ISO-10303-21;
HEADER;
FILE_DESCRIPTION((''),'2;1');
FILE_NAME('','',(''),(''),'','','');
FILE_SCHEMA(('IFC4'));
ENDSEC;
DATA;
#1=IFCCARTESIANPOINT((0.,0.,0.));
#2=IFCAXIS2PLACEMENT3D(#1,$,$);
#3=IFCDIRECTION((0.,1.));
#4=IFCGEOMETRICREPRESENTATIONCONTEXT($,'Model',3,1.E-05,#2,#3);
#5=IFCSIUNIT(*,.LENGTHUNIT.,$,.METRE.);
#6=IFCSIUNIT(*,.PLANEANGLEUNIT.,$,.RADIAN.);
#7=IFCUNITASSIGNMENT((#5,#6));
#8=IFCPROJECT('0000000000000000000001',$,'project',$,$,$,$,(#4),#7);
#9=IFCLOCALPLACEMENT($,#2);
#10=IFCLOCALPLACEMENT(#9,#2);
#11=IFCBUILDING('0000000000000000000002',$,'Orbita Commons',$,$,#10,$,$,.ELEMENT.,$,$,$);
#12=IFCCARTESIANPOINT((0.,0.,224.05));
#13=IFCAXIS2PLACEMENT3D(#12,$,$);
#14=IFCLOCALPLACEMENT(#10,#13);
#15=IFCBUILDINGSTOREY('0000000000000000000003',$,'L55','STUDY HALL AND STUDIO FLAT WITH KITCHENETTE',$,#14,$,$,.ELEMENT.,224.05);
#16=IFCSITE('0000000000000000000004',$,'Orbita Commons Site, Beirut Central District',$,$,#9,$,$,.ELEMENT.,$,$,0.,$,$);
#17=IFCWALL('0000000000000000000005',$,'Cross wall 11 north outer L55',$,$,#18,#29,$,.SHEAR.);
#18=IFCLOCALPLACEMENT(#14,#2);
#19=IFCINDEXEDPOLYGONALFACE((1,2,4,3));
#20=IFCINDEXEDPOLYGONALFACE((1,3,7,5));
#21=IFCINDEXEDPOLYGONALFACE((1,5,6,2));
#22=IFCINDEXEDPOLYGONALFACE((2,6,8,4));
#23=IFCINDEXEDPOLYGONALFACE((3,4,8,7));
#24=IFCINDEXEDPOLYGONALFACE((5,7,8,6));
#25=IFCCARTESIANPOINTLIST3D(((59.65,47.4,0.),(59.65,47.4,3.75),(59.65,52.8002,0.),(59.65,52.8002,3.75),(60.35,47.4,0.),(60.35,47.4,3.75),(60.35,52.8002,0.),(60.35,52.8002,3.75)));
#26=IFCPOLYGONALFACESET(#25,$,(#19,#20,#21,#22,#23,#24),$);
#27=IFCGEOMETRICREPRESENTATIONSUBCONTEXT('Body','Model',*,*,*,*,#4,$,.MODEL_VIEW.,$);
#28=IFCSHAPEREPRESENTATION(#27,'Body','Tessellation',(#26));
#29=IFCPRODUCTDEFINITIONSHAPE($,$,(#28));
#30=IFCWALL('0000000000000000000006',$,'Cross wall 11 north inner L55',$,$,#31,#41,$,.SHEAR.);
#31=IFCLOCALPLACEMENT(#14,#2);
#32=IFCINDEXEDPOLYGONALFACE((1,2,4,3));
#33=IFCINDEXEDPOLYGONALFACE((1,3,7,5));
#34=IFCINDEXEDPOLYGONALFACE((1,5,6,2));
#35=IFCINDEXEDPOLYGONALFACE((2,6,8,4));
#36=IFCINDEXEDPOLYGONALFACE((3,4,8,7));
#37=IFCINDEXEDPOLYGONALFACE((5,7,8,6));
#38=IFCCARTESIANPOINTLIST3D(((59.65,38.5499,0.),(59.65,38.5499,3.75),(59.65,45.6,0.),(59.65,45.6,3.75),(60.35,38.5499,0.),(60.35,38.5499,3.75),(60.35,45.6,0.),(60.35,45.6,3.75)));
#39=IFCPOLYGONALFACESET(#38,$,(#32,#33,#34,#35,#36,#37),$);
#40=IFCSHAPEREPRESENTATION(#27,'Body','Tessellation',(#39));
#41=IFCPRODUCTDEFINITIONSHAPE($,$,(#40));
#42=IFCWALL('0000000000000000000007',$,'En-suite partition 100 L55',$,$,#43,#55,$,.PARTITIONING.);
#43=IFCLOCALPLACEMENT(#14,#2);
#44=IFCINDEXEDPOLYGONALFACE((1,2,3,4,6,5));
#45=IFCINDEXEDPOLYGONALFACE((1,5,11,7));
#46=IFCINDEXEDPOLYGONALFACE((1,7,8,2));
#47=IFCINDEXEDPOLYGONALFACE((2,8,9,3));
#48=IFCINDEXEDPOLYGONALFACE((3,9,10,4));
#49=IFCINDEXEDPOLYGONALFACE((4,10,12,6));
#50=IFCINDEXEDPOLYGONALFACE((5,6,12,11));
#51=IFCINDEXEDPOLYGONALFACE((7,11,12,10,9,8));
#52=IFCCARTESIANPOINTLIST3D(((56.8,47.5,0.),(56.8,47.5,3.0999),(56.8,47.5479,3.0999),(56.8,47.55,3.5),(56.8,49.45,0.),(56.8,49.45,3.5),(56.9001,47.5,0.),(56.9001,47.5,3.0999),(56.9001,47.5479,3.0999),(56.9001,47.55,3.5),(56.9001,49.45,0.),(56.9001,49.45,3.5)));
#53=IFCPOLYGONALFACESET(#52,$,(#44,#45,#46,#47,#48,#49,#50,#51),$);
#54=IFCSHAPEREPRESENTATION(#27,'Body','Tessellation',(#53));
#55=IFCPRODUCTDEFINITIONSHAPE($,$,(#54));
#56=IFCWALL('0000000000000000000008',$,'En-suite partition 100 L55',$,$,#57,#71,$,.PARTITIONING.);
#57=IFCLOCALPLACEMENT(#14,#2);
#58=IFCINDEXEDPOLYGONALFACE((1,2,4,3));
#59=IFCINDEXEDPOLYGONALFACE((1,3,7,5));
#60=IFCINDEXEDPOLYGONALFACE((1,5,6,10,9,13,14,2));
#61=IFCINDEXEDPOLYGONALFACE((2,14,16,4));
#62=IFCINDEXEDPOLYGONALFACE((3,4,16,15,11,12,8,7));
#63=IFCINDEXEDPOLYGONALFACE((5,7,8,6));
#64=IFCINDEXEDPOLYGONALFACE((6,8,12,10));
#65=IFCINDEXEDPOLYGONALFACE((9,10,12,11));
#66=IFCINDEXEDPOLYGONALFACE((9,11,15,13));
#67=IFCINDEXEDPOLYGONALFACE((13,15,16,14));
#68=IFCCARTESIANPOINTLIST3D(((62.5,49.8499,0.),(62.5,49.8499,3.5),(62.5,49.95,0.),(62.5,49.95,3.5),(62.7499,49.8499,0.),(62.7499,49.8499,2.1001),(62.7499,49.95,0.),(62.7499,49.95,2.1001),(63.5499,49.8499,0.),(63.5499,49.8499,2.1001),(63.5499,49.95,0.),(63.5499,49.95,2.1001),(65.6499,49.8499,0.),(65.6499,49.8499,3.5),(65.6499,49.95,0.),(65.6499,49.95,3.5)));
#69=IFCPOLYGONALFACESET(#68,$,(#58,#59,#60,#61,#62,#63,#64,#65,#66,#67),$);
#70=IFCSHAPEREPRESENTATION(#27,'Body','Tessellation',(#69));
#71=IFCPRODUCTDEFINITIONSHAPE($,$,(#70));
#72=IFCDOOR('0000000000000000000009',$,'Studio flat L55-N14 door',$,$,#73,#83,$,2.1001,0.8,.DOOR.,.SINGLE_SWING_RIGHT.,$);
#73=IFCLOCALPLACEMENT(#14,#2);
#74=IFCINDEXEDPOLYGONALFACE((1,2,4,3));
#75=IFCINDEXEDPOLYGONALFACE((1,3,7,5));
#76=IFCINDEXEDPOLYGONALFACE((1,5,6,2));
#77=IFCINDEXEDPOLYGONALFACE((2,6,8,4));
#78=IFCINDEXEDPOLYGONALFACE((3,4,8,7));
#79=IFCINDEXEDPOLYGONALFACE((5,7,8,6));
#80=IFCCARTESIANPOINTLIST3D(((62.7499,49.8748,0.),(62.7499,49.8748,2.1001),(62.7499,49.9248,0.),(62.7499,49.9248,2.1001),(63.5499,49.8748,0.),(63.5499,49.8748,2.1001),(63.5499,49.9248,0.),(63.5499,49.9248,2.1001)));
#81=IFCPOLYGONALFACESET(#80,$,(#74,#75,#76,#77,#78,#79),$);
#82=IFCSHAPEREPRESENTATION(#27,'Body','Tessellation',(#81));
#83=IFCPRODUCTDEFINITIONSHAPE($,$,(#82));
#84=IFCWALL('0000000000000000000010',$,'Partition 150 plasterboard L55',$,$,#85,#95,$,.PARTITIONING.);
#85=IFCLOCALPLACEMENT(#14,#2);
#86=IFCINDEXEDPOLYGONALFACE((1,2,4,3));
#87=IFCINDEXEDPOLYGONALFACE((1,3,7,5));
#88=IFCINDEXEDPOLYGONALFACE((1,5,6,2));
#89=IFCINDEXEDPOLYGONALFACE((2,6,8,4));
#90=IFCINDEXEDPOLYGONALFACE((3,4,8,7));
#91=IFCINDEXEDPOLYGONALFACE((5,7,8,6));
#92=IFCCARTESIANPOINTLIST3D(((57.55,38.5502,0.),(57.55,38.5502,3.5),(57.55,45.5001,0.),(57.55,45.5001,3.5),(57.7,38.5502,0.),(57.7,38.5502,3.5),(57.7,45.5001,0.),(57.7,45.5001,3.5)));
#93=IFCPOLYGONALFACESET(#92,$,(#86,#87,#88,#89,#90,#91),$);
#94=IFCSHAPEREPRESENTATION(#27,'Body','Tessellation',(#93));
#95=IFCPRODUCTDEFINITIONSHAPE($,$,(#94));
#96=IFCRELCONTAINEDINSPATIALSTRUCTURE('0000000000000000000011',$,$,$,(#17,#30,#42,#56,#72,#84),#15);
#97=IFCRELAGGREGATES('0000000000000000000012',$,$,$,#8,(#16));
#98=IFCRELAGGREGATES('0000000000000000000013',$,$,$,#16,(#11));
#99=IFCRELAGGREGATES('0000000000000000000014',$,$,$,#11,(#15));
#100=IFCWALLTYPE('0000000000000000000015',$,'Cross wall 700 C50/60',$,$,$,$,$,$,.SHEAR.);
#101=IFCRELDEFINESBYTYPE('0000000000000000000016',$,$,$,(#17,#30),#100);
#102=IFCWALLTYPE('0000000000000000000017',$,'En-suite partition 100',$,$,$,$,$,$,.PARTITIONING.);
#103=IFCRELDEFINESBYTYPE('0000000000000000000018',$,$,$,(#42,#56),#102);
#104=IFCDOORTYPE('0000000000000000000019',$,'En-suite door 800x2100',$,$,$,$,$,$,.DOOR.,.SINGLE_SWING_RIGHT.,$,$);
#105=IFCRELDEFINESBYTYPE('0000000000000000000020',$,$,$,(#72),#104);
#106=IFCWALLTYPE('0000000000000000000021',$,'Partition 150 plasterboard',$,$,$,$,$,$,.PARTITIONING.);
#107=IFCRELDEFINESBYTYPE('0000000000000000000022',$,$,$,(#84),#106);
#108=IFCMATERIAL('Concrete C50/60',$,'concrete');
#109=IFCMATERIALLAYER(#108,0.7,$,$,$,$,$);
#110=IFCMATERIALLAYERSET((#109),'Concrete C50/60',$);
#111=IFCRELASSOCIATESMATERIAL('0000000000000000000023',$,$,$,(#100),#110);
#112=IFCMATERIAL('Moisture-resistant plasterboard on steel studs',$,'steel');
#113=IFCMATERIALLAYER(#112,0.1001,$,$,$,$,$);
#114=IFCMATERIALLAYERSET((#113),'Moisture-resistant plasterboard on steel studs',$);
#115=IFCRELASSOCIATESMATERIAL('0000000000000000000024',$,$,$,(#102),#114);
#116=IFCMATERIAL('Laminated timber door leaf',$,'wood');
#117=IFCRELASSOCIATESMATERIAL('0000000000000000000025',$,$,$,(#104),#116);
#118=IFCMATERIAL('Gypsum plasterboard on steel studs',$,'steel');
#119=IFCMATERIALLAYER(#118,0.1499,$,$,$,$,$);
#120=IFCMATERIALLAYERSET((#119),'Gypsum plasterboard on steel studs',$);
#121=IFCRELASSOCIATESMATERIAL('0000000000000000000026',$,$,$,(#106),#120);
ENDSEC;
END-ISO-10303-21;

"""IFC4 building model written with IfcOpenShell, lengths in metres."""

from ifc_helpers import new_model, si_unit, direction, frame, frame_2d, origin, place, context, subcontext, project, spatial, polyline, rectangle, outline, extrude, material, layer, layer_set, type_object, element, fill, save


model = new_model("IFC4")

# Units and contexts
model_context = context("Model", 3, precision=1e-05, world=origin(), true_north=direction((0.0, 1.0)))
body_context = subcontext(model_context, "Body", "Model", "MODEL_VIEW")
ifc_project = project(units=[si_unit("LENGTHUNIT", "METRE"), si_unit("PLANEANGLEUNIT", "RADIAN")], contexts=[model_context])

# Site, building, storey
site_placement = place(None, origin())
site = spatial("IfcSite", under=ifc_project, at=site_placement, Name="Orbita Commons Site, Beirut Central District", CompositionType="ELEMENT", RefElevation=0.0)
building_placement = place(site_placement, origin())
building = spatial("IfcBuilding", under=site, at=building_placement, Name="Orbita Commons", CompositionType="ELEMENT")
storey_placement = place(building_placement, frame((0.0, 0.0, 224.05)))
storey = spatial("IfcBuildingStorey", under=building, at=storey_placement, Name="L55", Description="STUDY HALL AND STUDIO FLAT WITH KITCHENETTE", CompositionType="ELEMENT", Elevation=224.05)

# Walls
ifc_material_1 = material(Name="Concrete C50/60", Category="concrete")
ifc_layer_1 = layer(ifc_material_1, 0.7)
ifc_layer_set_1 = layer_set([ifc_layer_1], Name="Concrete C50/60")
wall_type_1 = type_object("IfcWallType", Name="Cross wall 700 C50/60", PredefinedType="SHEAR", material=ifc_layer_set_1)
wall_1_placement = place(storey_placement, frame((60.0, 47.3999, 0.0), z_axis=(0.0, 0.0, 1.0), x_axis=(0.0, 1.0, 0.0)))
element("IfcWall", 1, at=wall_1_placement, inside=storey, type_object=wall_type_1, Name="Cross wall 11 north outer L55", PredefinedType="SHEAR", context=body_context, shape_type="SweptSolid", body=[
    extrude(rectangle(XDim=5.4001, YDim=0.7, at=frame_2d((2.7002, 0.0))), origin(), (0.0, 0.0, 1.0), 3.75),
])
wall_2_placement = place(storey_placement, frame((60.0, 38.55, 0.0), z_axis=(0.0, 0.0, 1.0), x_axis=(0.0, 1.0, 0.0)))
element("IfcWall", 2, at=wall_2_placement, inside=storey, type_object=wall_type_1, Name="Cross wall 11 north inner L55", PredefinedType="SHEAR", context=body_context, shape_type="SweptSolid", body=[
    extrude(rectangle(XDim=7.05, YDim=0.7, at=frame_2d((3.5249, 0.0))), origin(), (0.0, 0.0, 1.0), 3.75),
])
ifc_material_2 = material(Name="Moisture-resistant plasterboard on steel studs", Category="steel")
ifc_layer_2 = layer(ifc_material_2, 0.1001)
ifc_layer_set_2 = layer_set([ifc_layer_2], Name="Moisture-resistant plasterboard on steel studs")
wall_type_2 = type_object("IfcWallType", Name="En-suite partition 100", PredefinedType="PARTITIONING", material=ifc_layer_set_2)
wall_3_placement = place(storey_placement, frame((56.8501, 49.45, 0.0), z_axis=(0.0, 0.0, 1.0), x_axis=(0.0, -1.0, 0.0)))
element("IfcWall", 3, at=wall_3_placement, inside=storey, type_object=wall_type_2, Name="En-suite partition 100 L55", PredefinedType="PARTITIONING", context=body_context, shape_type="SweptSolid", body=[
    extrude(outline(polyline([(0.0, 0.0), (1.95, 0.0), (1.95, 3.0999), (1.9021, 3.0999), (1.8999, 3.5), (0.0, 3.5), (0.0, 0.0)])), frame((0.0, 0.05, 0.0), z_axis=(0.0, -1.0, 0.0), x_axis=(1.0, 0.0, 0.0)), (0.0, 0.0, 1.0), 0.1001),
])

# Wall, opening, door
wall_4_placement = place(storey_placement, frame((62.5, 49.8999, 0.0), z_axis=(0.0, 0.0, 1.0), x_axis=(1.0, 0.0, 0.0)))
wall_4 = element("IfcWall", 4, at=wall_4_placement, inside=storey, type_object=wall_type_2, Name="En-suite partition 100 L55", PredefinedType="PARTITIONING", context=body_context, shape_type="SweptSolid", body=[
    extrude(rectangle(XDim=3.1499, YDim=0.1001, at=frame_2d((1.575, 0.0))), origin(), (0.0, 0.0, 1.0), 3.5),
])
opening_1_placement = place(wall_4_placement, frame((0.25, 0.0, 0.0)))
opening_1 = element("IfcOpeningElement", 5, at=opening_1_placement, cuts=wall_4, PredefinedType="OPENING", context=body_context, shape_type="SweptSolid", body=[
    extrude(rectangle(XDim=0.8, YDim=2.1001, at=frame_2d((0.3999, 1.05))), frame((0.0, 0.0601, 0.0), z_axis=(0.0, -1.0, 0.0), x_axis=(1.0, 0.0, 0.0)), (0.0, 0.0, 1.0), 0.1201),
])
ifc_material_3 = material(Name="Laminated timber door leaf", Category="wood")
door_type_1 = type_object("IfcDoorType", Name="En-suite door 800x2100", OperationType="SINGLE_SWING_RIGHT", PredefinedType="DOOR", material=ifc_material_3)
door_1_placement = place(opening_1_placement, origin())
door_1 = element("IfcDoor", 6, at=door_1_placement, inside=storey, type_object=door_type_1, Name="Studio flat L55-N14 door", OperationType="SINGLE_SWING_RIGHT", OverallHeight=2.1001, OverallWidth=0.8, PredefinedType="DOOR", context=body_context, shape_type="SweptSolid", body=[
    extrude(rectangle(XDim=0.8, YDim=2.1001, at=frame_2d((0.3999, 1.05))), frame((0.0, 0.0249, 0.0), z_axis=(0.0, -1.0, 0.0), x_axis=(1.0, 0.0, 0.0)), (0.0, 0.0, 1.0), 0.05),
])
fill(opening_1, door_1)

# Wall
ifc_material_4 = material(Name="Gypsum plasterboard on steel studs", Category="steel")
ifc_layer_3 = layer(ifc_material_4, 0.1499)
ifc_layer_set_3 = layer_set([ifc_layer_3], Name="Gypsum plasterboard on steel studs")
wall_type_3 = type_object("IfcWallType", Name="Partition 150 plasterboard", PredefinedType="PARTITIONING", material=ifc_layer_set_3)
wall_5_placement = place(storey_placement, frame((57.625, 38.55, 0.0), z_axis=(0.0, 0.0, 1.0), x_axis=(0.0, 1.0, 0.0)))
element("IfcWall", 7, at=wall_5_placement, inside=storey, type_object=wall_type_3, Name="Partition 150 plasterboard L55", PredefinedType="PARTITIONING", context=body_context, shape_type="SweptSolid", body=[
    extrude(rectangle(XDim=6.95, YDim=0.1499, at=frame_2d((3.4751, 0.0))), origin(), (0.0, 0.0, 1.0), 3.5),
])

save(model, "model.ifc")
